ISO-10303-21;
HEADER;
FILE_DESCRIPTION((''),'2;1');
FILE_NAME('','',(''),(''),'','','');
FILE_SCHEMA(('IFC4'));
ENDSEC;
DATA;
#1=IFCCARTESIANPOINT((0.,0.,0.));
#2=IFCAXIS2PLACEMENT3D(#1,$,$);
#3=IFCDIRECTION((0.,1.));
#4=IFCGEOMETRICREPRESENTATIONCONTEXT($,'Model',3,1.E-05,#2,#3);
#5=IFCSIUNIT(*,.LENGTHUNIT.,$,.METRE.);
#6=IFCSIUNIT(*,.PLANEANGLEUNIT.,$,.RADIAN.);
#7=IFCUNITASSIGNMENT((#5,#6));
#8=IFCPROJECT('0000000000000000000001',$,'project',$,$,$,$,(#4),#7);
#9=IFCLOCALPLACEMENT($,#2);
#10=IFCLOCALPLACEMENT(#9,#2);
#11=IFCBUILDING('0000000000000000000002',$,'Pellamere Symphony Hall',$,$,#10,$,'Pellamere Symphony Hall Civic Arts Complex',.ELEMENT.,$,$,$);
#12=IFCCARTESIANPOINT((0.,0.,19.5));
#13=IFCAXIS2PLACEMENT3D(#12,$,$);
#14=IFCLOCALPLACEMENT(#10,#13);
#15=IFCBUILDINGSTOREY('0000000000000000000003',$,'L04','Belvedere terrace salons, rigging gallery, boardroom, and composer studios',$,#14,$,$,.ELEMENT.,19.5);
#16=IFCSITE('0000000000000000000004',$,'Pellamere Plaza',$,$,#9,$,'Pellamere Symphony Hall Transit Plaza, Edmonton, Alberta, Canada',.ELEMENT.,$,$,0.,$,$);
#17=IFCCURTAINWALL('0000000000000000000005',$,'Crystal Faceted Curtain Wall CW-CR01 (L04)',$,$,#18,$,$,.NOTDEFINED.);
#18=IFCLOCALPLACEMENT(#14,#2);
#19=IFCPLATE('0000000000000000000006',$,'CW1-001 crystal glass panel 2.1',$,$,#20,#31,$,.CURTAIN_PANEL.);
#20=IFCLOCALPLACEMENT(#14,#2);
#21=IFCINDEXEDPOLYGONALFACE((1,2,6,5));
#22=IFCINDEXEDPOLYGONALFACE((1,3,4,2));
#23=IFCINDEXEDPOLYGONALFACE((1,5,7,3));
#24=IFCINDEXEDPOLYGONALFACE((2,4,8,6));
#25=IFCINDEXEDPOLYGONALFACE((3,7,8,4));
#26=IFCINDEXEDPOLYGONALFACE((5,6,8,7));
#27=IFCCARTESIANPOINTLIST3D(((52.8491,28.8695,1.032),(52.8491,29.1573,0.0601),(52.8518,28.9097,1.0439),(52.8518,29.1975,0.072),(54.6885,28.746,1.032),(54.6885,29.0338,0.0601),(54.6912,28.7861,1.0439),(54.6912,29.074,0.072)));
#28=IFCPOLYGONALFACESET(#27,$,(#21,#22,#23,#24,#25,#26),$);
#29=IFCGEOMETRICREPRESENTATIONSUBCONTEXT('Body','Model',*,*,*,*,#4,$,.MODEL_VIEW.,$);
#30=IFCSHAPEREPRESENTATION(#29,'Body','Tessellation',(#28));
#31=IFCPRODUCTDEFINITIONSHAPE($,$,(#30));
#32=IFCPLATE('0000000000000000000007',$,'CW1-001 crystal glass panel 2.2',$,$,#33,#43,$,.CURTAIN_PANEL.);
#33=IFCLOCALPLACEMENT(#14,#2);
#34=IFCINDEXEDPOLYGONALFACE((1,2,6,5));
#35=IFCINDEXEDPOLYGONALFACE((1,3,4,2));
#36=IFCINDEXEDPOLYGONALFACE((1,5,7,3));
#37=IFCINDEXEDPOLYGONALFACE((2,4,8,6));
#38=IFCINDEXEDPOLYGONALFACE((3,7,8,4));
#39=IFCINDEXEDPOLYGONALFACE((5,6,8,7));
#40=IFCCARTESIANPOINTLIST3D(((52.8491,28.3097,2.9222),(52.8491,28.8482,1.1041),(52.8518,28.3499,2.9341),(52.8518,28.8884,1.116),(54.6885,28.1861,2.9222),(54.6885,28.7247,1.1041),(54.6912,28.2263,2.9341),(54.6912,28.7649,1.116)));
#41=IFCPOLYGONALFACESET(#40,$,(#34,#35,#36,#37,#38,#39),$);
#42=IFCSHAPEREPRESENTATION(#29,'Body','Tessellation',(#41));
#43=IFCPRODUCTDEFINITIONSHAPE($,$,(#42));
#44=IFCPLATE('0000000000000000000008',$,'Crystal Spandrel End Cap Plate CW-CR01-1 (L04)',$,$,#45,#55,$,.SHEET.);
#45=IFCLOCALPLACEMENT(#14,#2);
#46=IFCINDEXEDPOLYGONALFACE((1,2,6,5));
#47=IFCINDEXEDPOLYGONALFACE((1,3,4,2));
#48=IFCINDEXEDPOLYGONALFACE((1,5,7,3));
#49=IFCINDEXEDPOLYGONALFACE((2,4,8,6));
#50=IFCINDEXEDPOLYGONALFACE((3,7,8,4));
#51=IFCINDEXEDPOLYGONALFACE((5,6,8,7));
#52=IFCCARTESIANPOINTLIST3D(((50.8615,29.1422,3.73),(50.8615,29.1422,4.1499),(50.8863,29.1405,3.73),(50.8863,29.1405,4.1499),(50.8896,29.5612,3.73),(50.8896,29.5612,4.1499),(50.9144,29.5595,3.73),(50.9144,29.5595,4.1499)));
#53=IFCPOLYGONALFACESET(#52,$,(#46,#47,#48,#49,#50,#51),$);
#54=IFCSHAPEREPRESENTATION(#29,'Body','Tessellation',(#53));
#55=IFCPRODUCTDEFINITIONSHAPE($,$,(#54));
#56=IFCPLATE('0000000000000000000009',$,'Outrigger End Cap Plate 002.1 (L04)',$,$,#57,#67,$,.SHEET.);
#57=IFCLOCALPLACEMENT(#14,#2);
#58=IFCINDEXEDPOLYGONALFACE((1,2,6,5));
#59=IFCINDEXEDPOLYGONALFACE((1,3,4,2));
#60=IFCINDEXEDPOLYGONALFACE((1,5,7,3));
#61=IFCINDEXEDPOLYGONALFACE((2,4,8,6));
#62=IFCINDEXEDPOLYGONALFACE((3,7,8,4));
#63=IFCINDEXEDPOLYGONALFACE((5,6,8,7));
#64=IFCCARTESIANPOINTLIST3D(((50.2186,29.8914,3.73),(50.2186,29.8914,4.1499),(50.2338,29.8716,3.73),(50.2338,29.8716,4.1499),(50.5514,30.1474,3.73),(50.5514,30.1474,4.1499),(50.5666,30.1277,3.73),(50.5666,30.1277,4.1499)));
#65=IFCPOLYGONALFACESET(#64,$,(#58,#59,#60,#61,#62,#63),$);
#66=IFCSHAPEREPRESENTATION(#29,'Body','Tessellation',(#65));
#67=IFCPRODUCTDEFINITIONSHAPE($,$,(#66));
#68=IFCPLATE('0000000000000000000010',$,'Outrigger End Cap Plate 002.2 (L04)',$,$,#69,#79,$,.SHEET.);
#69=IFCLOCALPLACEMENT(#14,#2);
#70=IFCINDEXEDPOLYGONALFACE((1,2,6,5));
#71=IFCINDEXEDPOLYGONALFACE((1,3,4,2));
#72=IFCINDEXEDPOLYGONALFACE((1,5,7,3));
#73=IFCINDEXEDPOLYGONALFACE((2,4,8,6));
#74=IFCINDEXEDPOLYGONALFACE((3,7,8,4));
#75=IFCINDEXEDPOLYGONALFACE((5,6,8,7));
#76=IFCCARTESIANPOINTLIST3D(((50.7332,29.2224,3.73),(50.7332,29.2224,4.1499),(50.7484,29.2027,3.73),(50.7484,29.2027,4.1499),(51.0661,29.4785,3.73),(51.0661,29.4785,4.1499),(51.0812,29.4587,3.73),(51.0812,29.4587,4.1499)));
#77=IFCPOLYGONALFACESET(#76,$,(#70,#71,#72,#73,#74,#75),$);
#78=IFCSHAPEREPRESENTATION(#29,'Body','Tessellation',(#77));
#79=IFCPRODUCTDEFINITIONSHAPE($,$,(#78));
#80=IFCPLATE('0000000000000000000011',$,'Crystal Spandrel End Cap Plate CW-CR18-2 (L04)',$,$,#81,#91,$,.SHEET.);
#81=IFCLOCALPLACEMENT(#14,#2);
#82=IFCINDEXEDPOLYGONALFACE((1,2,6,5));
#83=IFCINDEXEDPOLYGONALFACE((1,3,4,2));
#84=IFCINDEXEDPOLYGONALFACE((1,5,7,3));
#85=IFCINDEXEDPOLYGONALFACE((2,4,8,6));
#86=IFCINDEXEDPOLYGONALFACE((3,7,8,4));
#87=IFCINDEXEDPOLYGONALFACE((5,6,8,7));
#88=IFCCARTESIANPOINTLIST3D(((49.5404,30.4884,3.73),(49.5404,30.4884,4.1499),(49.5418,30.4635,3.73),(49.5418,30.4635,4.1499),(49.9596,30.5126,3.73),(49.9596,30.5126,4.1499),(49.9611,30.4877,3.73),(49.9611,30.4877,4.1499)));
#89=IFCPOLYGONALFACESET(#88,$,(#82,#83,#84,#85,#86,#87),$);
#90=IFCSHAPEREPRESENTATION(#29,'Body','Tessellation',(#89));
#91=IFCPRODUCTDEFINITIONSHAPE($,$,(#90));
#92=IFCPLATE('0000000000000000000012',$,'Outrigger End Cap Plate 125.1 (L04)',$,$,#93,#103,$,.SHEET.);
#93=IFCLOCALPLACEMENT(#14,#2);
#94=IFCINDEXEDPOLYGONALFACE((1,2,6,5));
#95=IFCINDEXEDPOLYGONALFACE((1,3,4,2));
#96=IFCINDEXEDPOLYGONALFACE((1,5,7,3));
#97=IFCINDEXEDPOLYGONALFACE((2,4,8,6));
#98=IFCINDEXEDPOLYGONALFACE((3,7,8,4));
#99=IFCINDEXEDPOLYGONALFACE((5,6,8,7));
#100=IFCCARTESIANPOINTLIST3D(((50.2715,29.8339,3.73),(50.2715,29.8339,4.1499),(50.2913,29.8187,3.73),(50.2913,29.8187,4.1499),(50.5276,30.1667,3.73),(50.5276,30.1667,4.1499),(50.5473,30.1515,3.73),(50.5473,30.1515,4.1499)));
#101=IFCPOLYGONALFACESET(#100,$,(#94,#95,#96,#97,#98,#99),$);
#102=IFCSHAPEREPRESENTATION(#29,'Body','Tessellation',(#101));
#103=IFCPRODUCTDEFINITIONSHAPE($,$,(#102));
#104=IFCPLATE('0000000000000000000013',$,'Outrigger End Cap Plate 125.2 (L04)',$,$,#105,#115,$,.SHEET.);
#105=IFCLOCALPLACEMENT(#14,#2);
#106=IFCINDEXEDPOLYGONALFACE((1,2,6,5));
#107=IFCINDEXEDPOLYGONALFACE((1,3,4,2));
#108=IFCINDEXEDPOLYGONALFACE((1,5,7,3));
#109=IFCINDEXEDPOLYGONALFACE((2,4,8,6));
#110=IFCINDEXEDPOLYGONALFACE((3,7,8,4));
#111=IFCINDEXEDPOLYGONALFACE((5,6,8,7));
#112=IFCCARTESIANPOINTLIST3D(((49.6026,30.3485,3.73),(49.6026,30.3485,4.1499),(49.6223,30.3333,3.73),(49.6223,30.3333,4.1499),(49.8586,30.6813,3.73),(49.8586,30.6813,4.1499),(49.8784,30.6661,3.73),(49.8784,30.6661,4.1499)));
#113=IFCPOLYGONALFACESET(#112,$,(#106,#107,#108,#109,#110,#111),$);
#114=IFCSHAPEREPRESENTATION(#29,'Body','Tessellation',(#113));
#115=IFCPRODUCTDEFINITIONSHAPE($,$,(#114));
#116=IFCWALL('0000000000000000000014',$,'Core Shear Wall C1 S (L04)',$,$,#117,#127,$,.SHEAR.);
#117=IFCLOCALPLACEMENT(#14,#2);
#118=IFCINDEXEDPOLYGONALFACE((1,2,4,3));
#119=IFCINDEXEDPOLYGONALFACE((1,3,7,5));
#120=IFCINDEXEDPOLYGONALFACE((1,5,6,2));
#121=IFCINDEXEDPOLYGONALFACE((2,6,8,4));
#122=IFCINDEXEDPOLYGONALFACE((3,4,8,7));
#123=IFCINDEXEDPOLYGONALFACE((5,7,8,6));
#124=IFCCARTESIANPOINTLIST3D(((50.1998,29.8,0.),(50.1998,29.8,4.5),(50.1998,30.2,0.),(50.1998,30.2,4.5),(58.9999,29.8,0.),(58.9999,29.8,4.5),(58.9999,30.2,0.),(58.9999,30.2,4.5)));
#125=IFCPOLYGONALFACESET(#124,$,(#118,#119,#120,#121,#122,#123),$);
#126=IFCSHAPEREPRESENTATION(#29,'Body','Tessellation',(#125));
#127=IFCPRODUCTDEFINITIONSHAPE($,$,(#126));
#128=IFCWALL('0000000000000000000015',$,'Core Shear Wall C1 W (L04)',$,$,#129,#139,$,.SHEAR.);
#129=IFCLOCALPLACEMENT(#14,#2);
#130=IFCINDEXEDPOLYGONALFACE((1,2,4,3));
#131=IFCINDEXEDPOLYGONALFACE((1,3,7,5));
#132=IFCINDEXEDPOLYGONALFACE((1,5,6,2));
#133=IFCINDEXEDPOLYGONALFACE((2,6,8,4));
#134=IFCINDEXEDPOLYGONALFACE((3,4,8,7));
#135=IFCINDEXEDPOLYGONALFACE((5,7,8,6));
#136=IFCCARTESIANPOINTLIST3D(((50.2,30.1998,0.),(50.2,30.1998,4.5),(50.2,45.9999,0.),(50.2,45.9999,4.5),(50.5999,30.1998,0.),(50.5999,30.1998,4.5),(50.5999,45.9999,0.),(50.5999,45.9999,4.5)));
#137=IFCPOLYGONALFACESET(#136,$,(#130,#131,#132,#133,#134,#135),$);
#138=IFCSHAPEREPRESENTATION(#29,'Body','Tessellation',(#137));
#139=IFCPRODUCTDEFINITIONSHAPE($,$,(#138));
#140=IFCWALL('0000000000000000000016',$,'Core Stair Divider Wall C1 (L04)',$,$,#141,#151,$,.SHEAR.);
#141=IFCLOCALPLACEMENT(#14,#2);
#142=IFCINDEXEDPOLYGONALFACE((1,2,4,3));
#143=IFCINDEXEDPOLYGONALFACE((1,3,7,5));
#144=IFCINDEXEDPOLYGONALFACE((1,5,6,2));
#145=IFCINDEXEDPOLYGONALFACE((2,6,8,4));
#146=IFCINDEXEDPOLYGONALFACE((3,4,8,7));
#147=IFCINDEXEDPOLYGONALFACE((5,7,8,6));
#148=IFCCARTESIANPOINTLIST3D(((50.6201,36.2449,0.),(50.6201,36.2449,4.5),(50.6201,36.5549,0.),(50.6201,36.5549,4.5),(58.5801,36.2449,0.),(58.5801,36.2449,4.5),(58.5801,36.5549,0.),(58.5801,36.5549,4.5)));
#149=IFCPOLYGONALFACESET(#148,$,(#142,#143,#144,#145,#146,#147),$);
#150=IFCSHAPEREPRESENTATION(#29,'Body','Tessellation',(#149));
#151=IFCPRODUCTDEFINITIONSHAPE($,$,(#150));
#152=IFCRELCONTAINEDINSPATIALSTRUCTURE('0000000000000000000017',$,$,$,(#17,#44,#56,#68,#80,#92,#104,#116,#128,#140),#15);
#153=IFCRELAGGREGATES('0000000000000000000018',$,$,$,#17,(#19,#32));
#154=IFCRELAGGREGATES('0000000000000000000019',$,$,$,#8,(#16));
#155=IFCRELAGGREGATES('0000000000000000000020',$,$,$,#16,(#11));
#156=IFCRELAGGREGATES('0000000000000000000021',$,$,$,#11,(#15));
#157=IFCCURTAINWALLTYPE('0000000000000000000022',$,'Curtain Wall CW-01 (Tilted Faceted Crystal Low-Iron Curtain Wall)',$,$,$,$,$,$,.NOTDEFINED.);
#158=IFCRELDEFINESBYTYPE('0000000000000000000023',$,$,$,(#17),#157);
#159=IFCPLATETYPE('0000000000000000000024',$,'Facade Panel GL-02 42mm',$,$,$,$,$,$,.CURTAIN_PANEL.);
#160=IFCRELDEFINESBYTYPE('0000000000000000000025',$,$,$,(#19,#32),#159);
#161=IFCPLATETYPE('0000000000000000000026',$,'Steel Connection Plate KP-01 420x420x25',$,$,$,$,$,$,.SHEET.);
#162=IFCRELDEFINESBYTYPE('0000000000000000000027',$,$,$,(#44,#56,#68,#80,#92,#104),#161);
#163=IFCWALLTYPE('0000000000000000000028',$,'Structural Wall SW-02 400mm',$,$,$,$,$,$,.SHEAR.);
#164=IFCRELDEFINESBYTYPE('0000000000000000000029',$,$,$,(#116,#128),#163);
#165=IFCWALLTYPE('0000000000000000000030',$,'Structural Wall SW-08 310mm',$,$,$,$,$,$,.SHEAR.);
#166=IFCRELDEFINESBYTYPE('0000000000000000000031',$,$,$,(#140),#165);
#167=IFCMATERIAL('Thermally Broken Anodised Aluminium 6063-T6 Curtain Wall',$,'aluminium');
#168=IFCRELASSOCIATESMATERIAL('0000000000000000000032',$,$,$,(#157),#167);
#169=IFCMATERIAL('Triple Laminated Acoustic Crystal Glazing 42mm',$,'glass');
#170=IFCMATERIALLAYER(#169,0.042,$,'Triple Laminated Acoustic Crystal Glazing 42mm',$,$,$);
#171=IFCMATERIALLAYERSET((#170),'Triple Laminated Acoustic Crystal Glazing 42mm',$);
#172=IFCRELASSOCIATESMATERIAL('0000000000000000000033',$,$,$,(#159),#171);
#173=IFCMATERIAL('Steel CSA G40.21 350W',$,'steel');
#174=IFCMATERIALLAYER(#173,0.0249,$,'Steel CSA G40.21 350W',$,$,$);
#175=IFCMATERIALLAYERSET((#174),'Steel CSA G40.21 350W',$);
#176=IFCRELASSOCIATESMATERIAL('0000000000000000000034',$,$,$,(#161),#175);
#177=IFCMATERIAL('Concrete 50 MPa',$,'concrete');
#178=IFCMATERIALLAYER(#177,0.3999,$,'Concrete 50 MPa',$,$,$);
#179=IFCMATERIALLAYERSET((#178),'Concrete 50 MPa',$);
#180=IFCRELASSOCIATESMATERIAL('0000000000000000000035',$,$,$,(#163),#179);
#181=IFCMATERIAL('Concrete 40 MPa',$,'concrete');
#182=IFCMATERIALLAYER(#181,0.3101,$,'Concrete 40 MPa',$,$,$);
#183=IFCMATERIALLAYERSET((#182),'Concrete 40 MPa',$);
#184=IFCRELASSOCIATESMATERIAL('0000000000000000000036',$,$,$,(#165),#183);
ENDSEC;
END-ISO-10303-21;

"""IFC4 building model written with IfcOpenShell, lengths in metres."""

from ifc_helpers import new_model, si_unit, direction, frame, frame_2d, origin, origin_2d, place, context, subcontext, project, spatial, polyline, rectangle, outline, extrude, material, layer, layer_set, type_object, element, aggregate, save


model = new_model("IFC4")

# Units and contexts
model_context = context("Model", 3, precision=1e-05, world=origin(), true_north=direction((0.0, 1.0)))
body_context = subcontext(model_context, "Body", "Model", "MODEL_VIEW")
ifc_project = project(units=[si_unit("LENGTHUNIT", "METRE"), si_unit("PLANEANGLEUNIT", "RADIAN")], contexts=[model_context])

# Site, building, storey
site_placement = place(None, origin())
site = spatial("IfcSite", under=ifc_project, at=site_placement, Name="Pellamere Plaza", LongName="Pellamere Symphony Hall Transit Plaza, Edmonton, Alberta, Canada", CompositionType="ELEMENT", RefElevation=0.0)
building_placement = place(site_placement, origin())
building = spatial("IfcBuilding", under=site, at=building_placement, Name="Pellamere Symphony Hall", LongName="Pellamere Symphony Hall Civic Arts Complex", CompositionType="ELEMENT")
storey_placement = place(building_placement, frame((0.0, 0.0, 19.5)))
storey = spatial("IfcBuildingStorey", under=building, at=storey_placement, Name="L04", Description="Belvedere terrace salons, rigging gallery, boardroom, and composer studios", CompositionType="ELEMENT", Elevation=19.5)

# Shared definitions
ifc_material_1 = material(Name="Concrete 40 MPa", Category="concrete")

# Curtain wall
ifc_material_2 = material(Name="Thermally Broken Anodised Aluminium 6063-T6 Curtain Wall", Category="aluminium")
curtain_wall_type = type_object("IfcCurtainWallType", Name="Curtain Wall CW-01 (Tilted Faceted Crystal Low-Iron Curtain Wall)", PredefinedType="NOTDEFINED", material=ifc_material_2)
curtain_wall_1_placement = place(storey_placement, origin())
curtain_wall_1 = element("IfcCurtainWall", 1, at=curtain_wall_1_placement, inside=storey, type_object=curtain_wall_type, Name="Crystal Faceted Curtain Wall CW-CR01 (L04)", PredefinedType="NOTDEFINED")

# Shared definitions
ifc_material_3 = material(Name="Steel CSA G40.21 350W", Category="steel")

# Plates
ifc_material_4 = material(Name="Triple Laminated Acoustic Crystal Glazing 42mm", Category="glass")
ifc_layer_1 = layer(ifc_material_4, 0.042, Name="Triple Laminated Acoustic Crystal Glazing 42mm")
ifc_layer_set_1 = layer_set([ifc_layer_1], Name="Triple Laminated Acoustic Crystal Glazing 42mm")
plate_type_1 = type_object("IfcPlateType", Name="Facade Panel GL-02 42mm", PredefinedType="CURTAIN_PANEL", material=ifc_layer_set_1)
plate_1_placement = place(storey_placement, frame((52.8518, 29.1975, 0.072), z_axis=(0.064264, 0.956853, 0.283378), x_axis=(0.997752, -0.067011, 0.0)))
plate_1 = element("IfcPlate", 2, at=plate_1_placement, type_object=plate_type_1, Name="CW1-001 crystal glass panel 2.1", PredefinedType="CURTAIN_PANEL", context=body_context, shape_type="SweptSolid", body=[
    extrude(outline(polyline([(0.0, 0.0), (1.8435, 0.0), (1.8628, -1.0135), (0.0193, -1.0135), (0.0, 0.0)])), origin(), (0.0, 0.0, -1.0), 0.042),
])
plate_2_placement = place(storey_placement, frame((52.8518, 28.8884, 1.116), z_axis=(0.064263, 0.956834, 0.28344), x_axis=(0.997752, -0.067011, 0.0)))
plate_2 = element("IfcPlate", 3, at=plate_2_placement, type_object=plate_type_1, Name="CW1-001 crystal glass panel 2.2", PredefinedType="CURTAIN_PANEL", context=body_context, shape_type="SweptSolid", body=[
    extrude(outline(polyline([(0.0, 0.0), (1.8435, 0.0), (1.8796, -1.8959), (0.0361, -1.8959), (0.0, 0.0)])), origin(), (0.0, 0.0, -1.0), 0.042),
])
aggregate(curtain_wall_1, [plate_1, plate_2])

# Plates
ifc_layer_2 = layer(ifc_material_3, 0.0249, Name="Steel CSA G40.21 350W")
ifc_layer_set_2 = layer_set([ifc_layer_2], Name="Steel CSA G40.21 350W")
plate_type_2 = type_object("IfcPlateType", Name="Steel Connection Plate KP-01 420x420x25", PredefinedType="SHEET", material=ifc_layer_set_2)
for number, where, z_axis, x_axis, name in (
    (4, (50.8879, 29.3508, 3.73), (0.0, 0.0, 1.0), (0.997755, -0.06697, 0.0), "Crystal Spandrel End Cap Plate CW-CR01-1 (L04)"),
    (5, (50.3926, 30.0095, 3.73), (0.0, 0.0, 1.0), (0.60973, -0.792609, 0.0), "Outrigger End Cap Plate 002.1 (L04)"),
    (6, (50.9072, 29.3406, 3.73), (0.0, 0.0, 1.0), (0.60973, -0.792609, 0.0), "Outrigger End Cap Plate 002.2 (L04)"),
    (7, (49.7507, 30.488, 3.73), (0.0, 0.0, 1.0), (0.057564, -0.998342, 0.0), "Crystal Spandrel End Cap Plate CW-CR18-2 (L04)"),
    (8, (50.4094, 29.9927, 3.73), (0.0, 0.0, 1.0), (-0.792609, 0.60973, 0.0), "Outrigger End Cap Plate 125.1 (L04)"),
    (9, (49.7405, 30.5073, 3.73), (0.0, 0.0, 1.0), (-0.792609, 0.60973, 0.0), "Outrigger End Cap Plate 125.2 (L04)"),
):
    element("IfcPlate", number, at=place(storey_placement, frame(where, z_axis=z_axis, x_axis=x_axis)), inside=storey, type_object=plate_type_2, Name=name, PredefinedType="SHEET", context=body_context, shape_type="SweptSolid", body=[
        extrude(rectangle(XDim=0.0249, YDim=0.4199, at=origin_2d()), origin(), (0.0, 0.0, 1.0), 0.4199),
    ])

# Walls
ifc_material_5 = material(Name="Concrete 50 MPa", Category="concrete")
ifc_layer_3 = layer(ifc_material_5, 0.3999, Name="Concrete 50 MPa")
ifc_layer_set_3 = layer_set([ifc_layer_3], Name="Concrete 50 MPa")
wall_type_1 = type_object("IfcWallType", Name="Structural Wall SW-02 400mm", PredefinedType="SHEAR", material=ifc_layer_set_3)
wall_1_placement = place(storey_placement, frame((50.2, 30.0, 0.0), z_axis=(0.0, 0.0, 1.0), x_axis=(1.0, 0.0, 0.0)))
element("IfcWall", 10, at=wall_1_placement, inside=storey, type_object=wall_type_1, Name="Core Shear Wall C1 S (L04)", PredefinedType="SHEAR", context=body_context, shape_type="SweptSolid", body=[
    extrude(rectangle(XDim=8.8, YDim=0.3999, at=frame_2d((4.3999, 0.0))), origin(), (0.0, 0.0, 1.0), 4.5),
])
wall_2_placement = place(storey_placement, frame((50.3999, 30.2, 0.0), z_axis=(0.0, 0.0, 1.0), x_axis=(0.0, 1.0, 0.0)))
element("IfcWall", 11, at=wall_2_placement, inside=storey, type_object=wall_type_1, Name="Core Shear Wall C1 W (L04)", PredefinedType="SHEAR", context=body_context, shape_type="SweptSolid", body=[
    extrude(rectangle(XDim=15.8, YDim=0.3999, at=frame_2d((7.8999, 0.0))), origin(), (0.0, 0.0, 1.0), 4.5),
])
ifc_layer_4 = layer(ifc_material_1, 0.3101, Name="Concrete 40 MPa")
ifc_layer_set_4 = layer_set([ifc_layer_4], Name="Concrete 40 MPa")
wall_type_2 = type_object("IfcWallType", Name="Structural Wall SW-08 310mm", PredefinedType="SHEAR", material=ifc_layer_set_4)
wall_3_placement = place(storey_placement, frame((50.6201, 36.3999, 0.0), z_axis=(0.0, 0.0, 1.0), x_axis=(1.0, 0.0, 0.0)))
element("IfcWall", 12, at=wall_3_placement, inside=storey, type_object=wall_type_2, Name="Core Stair Divider Wall C1 (L04)", PredefinedType="SHEAR", context=body_context, shape_type="SweptSolid", body=[
    extrude(rectangle(XDim=7.96, YDim=0.3101, at=frame_2d((3.98, 0.0))), origin(), (0.0, 0.0, 1.0), 4.5),
])

save(model, "model.ifc")
